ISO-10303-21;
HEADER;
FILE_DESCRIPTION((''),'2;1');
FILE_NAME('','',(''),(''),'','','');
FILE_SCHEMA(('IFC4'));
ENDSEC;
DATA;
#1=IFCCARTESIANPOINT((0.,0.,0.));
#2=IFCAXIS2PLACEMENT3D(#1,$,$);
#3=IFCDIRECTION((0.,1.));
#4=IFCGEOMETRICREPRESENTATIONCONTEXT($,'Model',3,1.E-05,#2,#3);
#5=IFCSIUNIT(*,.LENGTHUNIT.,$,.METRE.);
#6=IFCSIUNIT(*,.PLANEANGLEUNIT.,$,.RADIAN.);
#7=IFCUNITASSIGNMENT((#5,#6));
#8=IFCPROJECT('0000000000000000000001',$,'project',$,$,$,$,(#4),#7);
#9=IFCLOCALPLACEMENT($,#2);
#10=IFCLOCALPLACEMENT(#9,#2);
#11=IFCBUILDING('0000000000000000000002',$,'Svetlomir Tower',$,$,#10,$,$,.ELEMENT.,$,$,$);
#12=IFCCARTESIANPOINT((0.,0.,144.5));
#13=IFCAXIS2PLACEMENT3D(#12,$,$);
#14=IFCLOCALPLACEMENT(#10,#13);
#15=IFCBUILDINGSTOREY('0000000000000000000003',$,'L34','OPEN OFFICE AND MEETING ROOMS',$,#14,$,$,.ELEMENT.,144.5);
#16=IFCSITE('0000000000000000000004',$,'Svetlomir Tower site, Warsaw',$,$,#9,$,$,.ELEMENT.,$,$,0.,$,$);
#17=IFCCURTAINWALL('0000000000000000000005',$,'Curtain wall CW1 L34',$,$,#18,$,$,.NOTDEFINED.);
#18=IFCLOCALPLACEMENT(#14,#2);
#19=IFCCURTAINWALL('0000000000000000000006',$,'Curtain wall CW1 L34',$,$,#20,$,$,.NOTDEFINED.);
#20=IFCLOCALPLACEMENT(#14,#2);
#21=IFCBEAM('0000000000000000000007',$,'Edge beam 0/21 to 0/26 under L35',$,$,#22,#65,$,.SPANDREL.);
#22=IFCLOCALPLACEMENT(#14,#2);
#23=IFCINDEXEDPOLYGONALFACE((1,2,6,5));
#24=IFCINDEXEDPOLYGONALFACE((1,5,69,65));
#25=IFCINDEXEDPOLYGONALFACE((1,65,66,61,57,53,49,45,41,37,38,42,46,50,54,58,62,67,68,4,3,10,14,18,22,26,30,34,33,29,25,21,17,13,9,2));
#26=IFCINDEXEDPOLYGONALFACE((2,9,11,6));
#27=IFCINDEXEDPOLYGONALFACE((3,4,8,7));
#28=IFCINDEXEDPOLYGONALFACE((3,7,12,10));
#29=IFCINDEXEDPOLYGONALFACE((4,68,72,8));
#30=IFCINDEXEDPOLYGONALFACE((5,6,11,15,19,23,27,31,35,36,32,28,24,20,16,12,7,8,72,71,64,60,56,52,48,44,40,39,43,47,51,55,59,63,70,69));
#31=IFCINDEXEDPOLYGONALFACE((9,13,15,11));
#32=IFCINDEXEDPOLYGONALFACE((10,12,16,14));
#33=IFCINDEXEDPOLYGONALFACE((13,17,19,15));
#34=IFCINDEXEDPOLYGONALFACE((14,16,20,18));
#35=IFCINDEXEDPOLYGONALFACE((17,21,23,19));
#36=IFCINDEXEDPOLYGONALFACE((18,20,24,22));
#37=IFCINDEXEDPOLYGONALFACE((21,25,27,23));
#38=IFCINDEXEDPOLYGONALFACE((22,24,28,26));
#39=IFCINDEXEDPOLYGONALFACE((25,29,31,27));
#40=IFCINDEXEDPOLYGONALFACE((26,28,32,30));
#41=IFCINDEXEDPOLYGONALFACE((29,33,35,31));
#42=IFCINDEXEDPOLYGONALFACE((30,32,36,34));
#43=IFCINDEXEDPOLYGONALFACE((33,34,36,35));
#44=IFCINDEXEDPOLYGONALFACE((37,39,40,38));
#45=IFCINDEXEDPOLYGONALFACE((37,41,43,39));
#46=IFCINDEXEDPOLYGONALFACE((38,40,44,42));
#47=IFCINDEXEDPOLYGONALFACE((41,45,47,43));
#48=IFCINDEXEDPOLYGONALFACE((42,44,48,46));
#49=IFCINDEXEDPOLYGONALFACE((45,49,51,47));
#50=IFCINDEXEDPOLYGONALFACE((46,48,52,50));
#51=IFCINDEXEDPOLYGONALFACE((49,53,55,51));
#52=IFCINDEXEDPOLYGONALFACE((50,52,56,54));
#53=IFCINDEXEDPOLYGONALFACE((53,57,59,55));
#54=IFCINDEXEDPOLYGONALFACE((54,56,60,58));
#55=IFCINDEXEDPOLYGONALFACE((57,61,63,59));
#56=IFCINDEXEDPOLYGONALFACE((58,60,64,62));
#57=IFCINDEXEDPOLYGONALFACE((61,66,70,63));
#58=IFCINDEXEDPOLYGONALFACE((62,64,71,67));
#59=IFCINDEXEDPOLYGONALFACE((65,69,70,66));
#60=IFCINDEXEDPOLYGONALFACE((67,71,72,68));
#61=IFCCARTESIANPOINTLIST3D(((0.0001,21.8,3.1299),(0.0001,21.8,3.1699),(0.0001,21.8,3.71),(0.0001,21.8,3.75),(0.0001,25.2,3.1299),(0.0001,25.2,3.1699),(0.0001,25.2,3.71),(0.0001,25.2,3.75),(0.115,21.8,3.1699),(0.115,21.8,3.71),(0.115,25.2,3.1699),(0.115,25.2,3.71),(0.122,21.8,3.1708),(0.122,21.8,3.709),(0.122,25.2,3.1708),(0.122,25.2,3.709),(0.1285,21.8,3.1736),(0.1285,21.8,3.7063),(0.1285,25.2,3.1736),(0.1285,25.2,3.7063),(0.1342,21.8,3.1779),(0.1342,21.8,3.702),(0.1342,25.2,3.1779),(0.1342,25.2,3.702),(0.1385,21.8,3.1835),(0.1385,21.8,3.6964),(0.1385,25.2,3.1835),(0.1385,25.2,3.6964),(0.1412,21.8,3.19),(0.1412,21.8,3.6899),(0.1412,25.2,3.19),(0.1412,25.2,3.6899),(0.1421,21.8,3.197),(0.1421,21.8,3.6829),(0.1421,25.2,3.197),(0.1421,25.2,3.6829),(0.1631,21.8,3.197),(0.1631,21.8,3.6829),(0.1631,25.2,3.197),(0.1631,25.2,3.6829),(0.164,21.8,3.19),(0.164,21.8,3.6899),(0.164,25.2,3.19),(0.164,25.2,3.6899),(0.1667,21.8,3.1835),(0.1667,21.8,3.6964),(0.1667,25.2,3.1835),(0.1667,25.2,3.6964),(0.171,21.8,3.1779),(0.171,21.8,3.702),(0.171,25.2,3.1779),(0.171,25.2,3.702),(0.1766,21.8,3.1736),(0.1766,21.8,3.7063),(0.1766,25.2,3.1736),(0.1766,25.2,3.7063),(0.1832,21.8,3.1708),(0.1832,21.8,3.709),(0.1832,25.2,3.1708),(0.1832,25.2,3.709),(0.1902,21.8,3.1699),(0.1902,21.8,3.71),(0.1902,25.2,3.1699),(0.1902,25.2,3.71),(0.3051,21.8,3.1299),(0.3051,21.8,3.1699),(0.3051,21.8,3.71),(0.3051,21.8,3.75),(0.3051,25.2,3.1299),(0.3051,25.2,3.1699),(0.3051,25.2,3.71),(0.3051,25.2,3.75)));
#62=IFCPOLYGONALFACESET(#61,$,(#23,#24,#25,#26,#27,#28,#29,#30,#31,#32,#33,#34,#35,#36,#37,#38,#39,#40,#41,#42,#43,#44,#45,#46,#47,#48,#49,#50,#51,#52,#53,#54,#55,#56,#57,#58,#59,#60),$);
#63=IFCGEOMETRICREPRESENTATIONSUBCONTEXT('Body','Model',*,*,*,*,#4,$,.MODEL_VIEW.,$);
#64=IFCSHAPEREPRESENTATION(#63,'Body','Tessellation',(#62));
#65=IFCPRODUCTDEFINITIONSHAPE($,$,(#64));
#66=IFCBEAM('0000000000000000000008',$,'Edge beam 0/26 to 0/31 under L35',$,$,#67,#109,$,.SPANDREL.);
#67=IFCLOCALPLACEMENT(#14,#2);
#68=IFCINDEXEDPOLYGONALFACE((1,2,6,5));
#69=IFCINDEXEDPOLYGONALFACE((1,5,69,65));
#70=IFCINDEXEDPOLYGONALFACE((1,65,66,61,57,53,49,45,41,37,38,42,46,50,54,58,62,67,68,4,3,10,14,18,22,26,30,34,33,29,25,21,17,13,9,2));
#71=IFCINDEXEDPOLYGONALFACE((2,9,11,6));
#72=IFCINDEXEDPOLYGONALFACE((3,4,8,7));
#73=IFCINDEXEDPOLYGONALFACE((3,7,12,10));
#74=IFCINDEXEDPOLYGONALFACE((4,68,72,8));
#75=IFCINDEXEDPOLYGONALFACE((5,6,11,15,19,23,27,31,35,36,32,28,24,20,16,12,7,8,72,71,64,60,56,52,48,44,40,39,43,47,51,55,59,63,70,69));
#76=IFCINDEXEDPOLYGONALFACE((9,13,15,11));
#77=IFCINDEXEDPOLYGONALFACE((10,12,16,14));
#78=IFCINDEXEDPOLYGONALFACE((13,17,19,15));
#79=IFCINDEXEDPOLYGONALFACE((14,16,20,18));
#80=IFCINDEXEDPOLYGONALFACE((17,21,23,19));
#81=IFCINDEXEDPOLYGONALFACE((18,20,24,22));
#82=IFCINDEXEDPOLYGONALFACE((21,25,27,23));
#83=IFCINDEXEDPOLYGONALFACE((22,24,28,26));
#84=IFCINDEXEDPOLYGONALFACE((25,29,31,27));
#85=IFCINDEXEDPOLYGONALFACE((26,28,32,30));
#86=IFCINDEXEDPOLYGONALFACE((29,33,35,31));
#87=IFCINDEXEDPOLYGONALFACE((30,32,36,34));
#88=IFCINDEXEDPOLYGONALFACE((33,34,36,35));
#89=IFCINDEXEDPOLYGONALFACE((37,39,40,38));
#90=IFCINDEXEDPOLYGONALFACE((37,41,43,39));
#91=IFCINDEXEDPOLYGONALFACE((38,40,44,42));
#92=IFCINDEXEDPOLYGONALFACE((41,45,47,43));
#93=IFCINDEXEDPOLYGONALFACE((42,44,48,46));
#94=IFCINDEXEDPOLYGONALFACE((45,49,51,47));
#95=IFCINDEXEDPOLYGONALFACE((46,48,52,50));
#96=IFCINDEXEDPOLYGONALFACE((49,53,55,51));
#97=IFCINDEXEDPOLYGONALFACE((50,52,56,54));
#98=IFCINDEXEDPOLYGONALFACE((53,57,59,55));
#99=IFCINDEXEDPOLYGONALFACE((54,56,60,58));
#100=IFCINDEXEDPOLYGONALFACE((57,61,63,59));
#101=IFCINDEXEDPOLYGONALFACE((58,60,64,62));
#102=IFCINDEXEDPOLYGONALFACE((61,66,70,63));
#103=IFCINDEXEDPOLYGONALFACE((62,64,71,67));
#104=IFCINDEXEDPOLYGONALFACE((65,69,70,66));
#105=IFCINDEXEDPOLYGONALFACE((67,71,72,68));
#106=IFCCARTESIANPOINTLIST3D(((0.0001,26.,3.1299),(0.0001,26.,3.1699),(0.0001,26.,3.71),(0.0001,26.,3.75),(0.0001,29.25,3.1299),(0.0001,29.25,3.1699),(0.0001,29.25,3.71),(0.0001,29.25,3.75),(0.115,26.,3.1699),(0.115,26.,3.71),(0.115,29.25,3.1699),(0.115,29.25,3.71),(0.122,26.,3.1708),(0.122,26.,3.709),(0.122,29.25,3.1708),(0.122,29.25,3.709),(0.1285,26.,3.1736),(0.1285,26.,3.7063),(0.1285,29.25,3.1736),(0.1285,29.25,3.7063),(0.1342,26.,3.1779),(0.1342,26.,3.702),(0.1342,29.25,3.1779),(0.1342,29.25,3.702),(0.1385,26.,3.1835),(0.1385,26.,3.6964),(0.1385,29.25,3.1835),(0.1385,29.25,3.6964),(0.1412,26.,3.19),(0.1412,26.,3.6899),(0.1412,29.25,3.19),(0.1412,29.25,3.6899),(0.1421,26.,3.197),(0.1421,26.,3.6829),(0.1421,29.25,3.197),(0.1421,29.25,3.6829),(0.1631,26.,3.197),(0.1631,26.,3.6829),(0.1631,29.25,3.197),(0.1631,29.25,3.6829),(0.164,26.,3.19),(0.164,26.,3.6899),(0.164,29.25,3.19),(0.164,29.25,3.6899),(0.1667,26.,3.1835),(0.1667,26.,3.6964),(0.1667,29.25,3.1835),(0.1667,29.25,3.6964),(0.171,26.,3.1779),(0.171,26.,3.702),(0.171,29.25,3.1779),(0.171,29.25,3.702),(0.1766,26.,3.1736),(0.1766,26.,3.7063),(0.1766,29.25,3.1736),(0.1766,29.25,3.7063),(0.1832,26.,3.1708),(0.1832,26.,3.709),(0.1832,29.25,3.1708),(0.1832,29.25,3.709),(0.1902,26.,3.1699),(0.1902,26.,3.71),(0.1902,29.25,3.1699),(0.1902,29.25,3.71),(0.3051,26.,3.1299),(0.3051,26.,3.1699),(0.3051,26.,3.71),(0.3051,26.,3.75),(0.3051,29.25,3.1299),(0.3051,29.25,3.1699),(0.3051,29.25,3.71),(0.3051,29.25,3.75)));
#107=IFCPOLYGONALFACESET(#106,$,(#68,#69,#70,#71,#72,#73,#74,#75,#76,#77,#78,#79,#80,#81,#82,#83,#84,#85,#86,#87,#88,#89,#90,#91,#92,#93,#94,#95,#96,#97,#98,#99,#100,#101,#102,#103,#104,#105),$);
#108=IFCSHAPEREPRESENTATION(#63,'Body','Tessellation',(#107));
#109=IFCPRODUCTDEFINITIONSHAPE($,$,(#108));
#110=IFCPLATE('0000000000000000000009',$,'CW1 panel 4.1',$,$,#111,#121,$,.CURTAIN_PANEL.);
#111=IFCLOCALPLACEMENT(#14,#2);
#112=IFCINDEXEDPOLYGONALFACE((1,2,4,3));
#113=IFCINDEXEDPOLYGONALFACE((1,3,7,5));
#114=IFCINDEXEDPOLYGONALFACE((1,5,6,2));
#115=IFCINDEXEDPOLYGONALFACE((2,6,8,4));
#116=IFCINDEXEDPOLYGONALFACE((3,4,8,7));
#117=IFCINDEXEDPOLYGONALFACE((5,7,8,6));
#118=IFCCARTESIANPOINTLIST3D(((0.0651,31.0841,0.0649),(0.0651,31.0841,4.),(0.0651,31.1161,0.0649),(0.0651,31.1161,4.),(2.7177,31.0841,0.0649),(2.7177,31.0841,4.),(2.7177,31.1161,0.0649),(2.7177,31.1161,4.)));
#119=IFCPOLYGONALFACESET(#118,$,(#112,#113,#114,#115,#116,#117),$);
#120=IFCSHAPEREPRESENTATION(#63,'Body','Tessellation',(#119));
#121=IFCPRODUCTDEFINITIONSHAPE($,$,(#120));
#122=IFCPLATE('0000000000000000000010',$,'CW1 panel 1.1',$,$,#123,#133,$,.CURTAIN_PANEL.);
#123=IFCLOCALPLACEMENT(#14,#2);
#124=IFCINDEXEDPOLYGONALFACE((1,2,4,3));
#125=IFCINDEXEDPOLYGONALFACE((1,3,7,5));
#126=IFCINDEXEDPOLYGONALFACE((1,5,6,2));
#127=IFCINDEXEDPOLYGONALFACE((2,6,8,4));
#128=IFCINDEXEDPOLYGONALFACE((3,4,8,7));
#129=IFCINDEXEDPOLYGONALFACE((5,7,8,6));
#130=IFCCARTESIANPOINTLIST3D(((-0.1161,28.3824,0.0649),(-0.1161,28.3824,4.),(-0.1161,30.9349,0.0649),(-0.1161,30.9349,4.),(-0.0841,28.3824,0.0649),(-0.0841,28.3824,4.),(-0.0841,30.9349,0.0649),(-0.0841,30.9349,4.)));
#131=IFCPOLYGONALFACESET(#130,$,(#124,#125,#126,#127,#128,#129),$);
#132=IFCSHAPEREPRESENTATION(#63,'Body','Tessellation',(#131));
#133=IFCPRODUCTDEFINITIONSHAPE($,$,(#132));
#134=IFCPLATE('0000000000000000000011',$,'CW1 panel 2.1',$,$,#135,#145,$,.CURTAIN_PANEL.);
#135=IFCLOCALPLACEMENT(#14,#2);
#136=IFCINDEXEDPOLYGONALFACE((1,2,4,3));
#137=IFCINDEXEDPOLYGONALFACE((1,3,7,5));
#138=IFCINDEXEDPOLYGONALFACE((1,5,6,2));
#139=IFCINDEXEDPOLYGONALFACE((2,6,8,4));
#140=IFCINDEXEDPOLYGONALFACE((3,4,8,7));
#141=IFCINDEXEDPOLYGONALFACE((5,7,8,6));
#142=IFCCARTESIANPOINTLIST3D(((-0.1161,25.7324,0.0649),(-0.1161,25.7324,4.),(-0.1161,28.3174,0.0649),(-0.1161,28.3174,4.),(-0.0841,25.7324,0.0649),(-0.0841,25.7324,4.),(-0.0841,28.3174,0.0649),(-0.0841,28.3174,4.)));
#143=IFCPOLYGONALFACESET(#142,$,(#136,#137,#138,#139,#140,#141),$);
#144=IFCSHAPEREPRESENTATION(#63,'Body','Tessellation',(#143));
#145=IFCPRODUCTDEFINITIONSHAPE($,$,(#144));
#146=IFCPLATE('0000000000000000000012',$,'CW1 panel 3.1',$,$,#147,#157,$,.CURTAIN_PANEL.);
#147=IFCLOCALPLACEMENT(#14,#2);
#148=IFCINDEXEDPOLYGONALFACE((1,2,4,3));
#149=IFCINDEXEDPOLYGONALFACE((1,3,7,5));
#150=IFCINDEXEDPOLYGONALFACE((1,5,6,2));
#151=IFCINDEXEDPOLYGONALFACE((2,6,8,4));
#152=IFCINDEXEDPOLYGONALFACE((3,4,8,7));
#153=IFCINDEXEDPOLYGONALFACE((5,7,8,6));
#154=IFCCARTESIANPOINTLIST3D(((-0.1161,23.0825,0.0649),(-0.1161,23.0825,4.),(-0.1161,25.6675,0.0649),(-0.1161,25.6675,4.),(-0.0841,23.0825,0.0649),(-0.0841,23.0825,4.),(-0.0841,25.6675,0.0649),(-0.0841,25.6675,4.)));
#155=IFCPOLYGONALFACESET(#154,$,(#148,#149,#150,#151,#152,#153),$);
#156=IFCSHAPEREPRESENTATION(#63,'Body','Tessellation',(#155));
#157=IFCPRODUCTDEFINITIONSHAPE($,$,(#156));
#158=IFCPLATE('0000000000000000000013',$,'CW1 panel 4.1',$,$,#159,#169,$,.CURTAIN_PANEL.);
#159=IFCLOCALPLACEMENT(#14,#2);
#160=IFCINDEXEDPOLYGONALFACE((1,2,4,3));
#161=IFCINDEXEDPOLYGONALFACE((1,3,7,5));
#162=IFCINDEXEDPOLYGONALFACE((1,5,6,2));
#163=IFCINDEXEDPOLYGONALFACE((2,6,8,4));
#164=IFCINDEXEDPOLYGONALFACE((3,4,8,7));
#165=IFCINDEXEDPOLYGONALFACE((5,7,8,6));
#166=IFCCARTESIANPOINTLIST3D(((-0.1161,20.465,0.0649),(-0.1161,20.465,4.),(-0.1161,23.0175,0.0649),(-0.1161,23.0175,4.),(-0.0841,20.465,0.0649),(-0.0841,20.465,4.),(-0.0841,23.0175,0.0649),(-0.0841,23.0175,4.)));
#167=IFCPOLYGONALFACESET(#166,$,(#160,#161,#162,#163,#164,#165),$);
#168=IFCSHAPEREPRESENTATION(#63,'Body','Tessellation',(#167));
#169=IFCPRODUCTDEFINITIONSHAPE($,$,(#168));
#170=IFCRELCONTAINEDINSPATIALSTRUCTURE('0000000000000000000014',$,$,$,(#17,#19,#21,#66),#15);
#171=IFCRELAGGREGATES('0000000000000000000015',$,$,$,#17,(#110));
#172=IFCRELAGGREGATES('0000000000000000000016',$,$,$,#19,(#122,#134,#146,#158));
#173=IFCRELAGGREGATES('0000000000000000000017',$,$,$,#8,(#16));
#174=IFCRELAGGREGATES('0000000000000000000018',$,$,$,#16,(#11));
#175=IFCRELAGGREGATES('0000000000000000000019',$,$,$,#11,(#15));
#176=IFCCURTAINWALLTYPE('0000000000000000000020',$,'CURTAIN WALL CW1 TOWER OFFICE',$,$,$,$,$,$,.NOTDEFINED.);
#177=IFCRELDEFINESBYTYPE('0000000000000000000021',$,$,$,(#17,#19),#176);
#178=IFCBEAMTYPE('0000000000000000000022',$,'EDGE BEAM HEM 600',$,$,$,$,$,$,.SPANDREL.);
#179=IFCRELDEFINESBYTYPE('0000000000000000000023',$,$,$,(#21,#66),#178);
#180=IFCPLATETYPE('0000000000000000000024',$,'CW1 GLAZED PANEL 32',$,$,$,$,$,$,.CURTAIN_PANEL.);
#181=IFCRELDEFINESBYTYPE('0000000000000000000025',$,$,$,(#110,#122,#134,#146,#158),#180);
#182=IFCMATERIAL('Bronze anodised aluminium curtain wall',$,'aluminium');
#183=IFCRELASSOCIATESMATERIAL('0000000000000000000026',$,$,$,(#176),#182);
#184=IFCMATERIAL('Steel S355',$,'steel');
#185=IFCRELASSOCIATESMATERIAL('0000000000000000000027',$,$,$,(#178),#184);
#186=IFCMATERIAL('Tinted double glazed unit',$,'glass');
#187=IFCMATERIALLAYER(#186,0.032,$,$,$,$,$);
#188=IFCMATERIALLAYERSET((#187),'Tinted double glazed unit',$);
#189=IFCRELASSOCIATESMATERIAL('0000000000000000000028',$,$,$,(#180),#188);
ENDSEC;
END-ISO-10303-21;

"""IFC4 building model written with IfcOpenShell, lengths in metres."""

from ifc_helpers import new_model, si_unit, direction, frame, origin, origin_2d, place, context, subcontext, project, spatial, rectangle, i_section, extrude, material, layer, layer_set, material_profile, profile_set, type_object, element, aggregate, save


model = new_model("IFC4")

# Units and contexts
model_context = context("Model", 3, precision=1e-05, world=origin(), true_north=direction((0.0, 1.0)))
body_context = subcontext(model_context, "Body", "Model", "MODEL_VIEW")
ifc_project = project(units=[si_unit("LENGTHUNIT", "METRE"), si_unit("PLANEANGLEUNIT", "RADIAN")], contexts=[model_context])

# Site, building, storey
site_placement = place(None, origin())
site = spatial("IfcSite", under=ifc_project, at=site_placement, Name="Svetlomir Tower site, Warsaw", CompositionType="ELEMENT", RefElevation=0.0)
building_placement = place(site_placement, origin())
building = spatial("IfcBuilding", under=site, at=building_placement, Name="Svetlomir Tower", CompositionType="ELEMENT")
storey_placement = place(building_placement, frame((0.0, 0.0, 144.5)))
storey = spatial("IfcBuildingStorey", under=building, at=storey_placement, Name="L34", Description="OPEN OFFICE AND MEETING ROOMS", CompositionType="ELEMENT", Elevation=144.5)

# Curtain wall
ifc_material_1 = material(Name="Bronze anodised aluminium curtain wall", Category="aluminium")
curtain_wall_type = type_object("IfcCurtainWallType", Name="CURTAIN WALL CW1 TOWER OFFICE", PredefinedType="NOTDEFINED", material=ifc_material_1)
curtain_wall_1_placement = place(storey_placement, origin())
curtain_wall_1 = element("IfcCurtainWall", 1, at=curtain_wall_1_placement, inside=storey, type_object=curtain_wall_type, Name="Curtain wall CW1 L34", PredefinedType="NOTDEFINED")

# Curtain wall
curtain_wall_2_placement = place(storey_placement, origin())
curtain_wall_2 = element("IfcCurtainWall", 2, at=curtain_wall_2_placement, inside=storey, type_object=curtain_wall_type, Name="Curtain wall CW1 L34", PredefinedType="NOTDEFINED")

# Beams
ifc_material_2 = material(Name="Steel S355", Category="steel")
ifc_material_profile_1 = material_profile(ifc_material_2, i_section(OverallWidth=0.3049, OverallDepth=0.6201, WebThickness=0.021, FlangeThickness=0.04, FilletRadius=0.0271, at=origin_2d()), Name="HEM 600")
ifc_profile_set_1 = profile_set([ifc_material_profile_1], Name="Steel S355")
beam_type = type_object("IfcBeamType", Name="EDGE BEAM HEM 600", PredefinedType="SPANDREL", material=ifc_profile_set_1)
beam_1_placement = place(storey_placement, frame((0.1526, 21.8, 3.4399), z_axis=(0.0, 1.0, 0.0), x_axis=(-1.0, 0.0, 0.0)))
element("IfcBeam", 3, at=beam_1_placement, inside=storey, type_object=beam_type, Name="Edge beam 0/21 to 0/26 under L35", PredefinedType="SPANDREL", context=body_context, shape_type="SweptSolid", body=[
    extrude(i_section(OverallWidth=0.3049, OverallDepth=0.6201, WebThickness=0.021, FlangeThickness=0.04, FilletRadius=0.0271, at=origin_2d()), origin(), (0.0, 0.0, 1.0), 3.3999),
])
beam_2_placement = place(storey_placement, frame((0.1526, 26.0, 3.4399), z_axis=(0.0, 1.0, 0.0), x_axis=(-1.0, 0.0, 0.0)))
element("IfcBeam", 4, at=beam_2_placement, inside=storey, type_object=beam_type, Name="Edge beam 0/26 to 0/31 under L35", PredefinedType="SPANDREL", context=body_context, shape_type="SweptSolid", body=[
    extrude(i_section(OverallWidth=0.3049, OverallDepth=0.6201, WebThickness=0.021, FlangeThickness=0.04, FilletRadius=0.0271, at=origin_2d()), origin(), (0.0, 0.0, 1.0), 3.25),
])

# Plates
ifc_material_3 = material(Name="Tinted double glazed unit", Category="glass")
ifc_layer_1 = layer(ifc_material_3, 0.032)
ifc_layer_set_1 = layer_set([ifc_layer_1], Name="Tinted double glazed unit")
plate_type = type_object("IfcPlateType", Name="CW1 GLAZED PANEL 32", PredefinedType="CURTAIN_PANEL", material=ifc_layer_set_1)
plate_1_placement = place(storey_placement, frame((1.3914, 31.1001, 0.0649), z_axis=(0.0, 0.0, 1.0), x_axis=(-1.0, 0.0, 0.0)))
plate_1 = element("IfcPlate", 5, at=plate_1_placement, type_object=plate_type, Name="CW1 panel 4.1", PredefinedType="CURTAIN_PANEL", context=body_context, shape_type="SweptSolid", body=[
    extrude(rectangle(XDim=2.6526, YDim=0.032, at=origin_2d()), origin(), (0.0, 0.0, 1.0), 3.9351),
])
aggregate(curtain_wall_1, [plate_1])
plate_2_placement = place(storey_placement, frame((-0.1001, 29.6587, 0.0649), z_axis=(0.0, 0.0, 1.0), x_axis=(0.0, -1.0, 0.0)))
plate_2 = element("IfcPlate", 6, at=plate_2_placement, type_object=plate_type, Name="CW1 panel 1.1", PredefinedType="CURTAIN_PANEL", context=body_context, shape_type="SweptSolid", body=[
    extrude(rectangle(XDim=2.5525, YDim=0.032, at=origin_2d()), origin(), (0.0, 0.0, 1.0), 3.9351),
])
plate_3_placement = place(storey_placement, frame((-0.1001, 27.0249, 0.0649), z_axis=(0.0, 0.0, 1.0), x_axis=(0.0, -1.0, 0.0)))
plate_3 = element("IfcPlate", 7, at=plate_3_placement, type_object=plate_type, Name="CW1 panel 2.1", PredefinedType="CURTAIN_PANEL", context=body_context, shape_type="SweptSolid", body=[
    extrude(rectangle(XDim=2.585, YDim=0.032, at=origin_2d()), origin(), (0.0, 0.0, 1.0), 3.9351),
])
plate_4_placement = place(storey_placement, frame((-0.1001, 24.375, 0.0649), z_axis=(0.0, 0.0, 1.0), x_axis=(0.0, -1.0, 0.0)))
plate_4 = element("IfcPlate", 8, at=plate_4_placement, type_object=plate_type, Name="CW1 panel 3.1", PredefinedType="CURTAIN_PANEL", context=body_context, shape_type="SweptSolid", body=[
    extrude(rectangle(XDim=2.585, YDim=0.032, at=origin_2d()), origin(), (0.0, 0.0, 1.0), 3.9351),
])
plate_5_placement = place(storey_placement, frame((-0.1001, 21.7412, 0.0649), z_axis=(0.0, 0.0, 1.0), x_axis=(0.0, -1.0, 0.0)))
plate_5 = element("IfcPlate", 9, at=plate_5_placement, type_object=plate_type, Name="CW1 panel 4.1", PredefinedType="CURTAIN_PANEL", context=body_context, shape_type="SweptSolid", body=[
    extrude(rectangle(XDim=2.5525, YDim=0.032, at=origin_2d()), origin(), (0.0, 0.0, 1.0), 3.9351),
])
aggregate(curtain_wall_2, [plate_2, plate_3, plate_4, plate_5])

save(model, "model.ifc")
